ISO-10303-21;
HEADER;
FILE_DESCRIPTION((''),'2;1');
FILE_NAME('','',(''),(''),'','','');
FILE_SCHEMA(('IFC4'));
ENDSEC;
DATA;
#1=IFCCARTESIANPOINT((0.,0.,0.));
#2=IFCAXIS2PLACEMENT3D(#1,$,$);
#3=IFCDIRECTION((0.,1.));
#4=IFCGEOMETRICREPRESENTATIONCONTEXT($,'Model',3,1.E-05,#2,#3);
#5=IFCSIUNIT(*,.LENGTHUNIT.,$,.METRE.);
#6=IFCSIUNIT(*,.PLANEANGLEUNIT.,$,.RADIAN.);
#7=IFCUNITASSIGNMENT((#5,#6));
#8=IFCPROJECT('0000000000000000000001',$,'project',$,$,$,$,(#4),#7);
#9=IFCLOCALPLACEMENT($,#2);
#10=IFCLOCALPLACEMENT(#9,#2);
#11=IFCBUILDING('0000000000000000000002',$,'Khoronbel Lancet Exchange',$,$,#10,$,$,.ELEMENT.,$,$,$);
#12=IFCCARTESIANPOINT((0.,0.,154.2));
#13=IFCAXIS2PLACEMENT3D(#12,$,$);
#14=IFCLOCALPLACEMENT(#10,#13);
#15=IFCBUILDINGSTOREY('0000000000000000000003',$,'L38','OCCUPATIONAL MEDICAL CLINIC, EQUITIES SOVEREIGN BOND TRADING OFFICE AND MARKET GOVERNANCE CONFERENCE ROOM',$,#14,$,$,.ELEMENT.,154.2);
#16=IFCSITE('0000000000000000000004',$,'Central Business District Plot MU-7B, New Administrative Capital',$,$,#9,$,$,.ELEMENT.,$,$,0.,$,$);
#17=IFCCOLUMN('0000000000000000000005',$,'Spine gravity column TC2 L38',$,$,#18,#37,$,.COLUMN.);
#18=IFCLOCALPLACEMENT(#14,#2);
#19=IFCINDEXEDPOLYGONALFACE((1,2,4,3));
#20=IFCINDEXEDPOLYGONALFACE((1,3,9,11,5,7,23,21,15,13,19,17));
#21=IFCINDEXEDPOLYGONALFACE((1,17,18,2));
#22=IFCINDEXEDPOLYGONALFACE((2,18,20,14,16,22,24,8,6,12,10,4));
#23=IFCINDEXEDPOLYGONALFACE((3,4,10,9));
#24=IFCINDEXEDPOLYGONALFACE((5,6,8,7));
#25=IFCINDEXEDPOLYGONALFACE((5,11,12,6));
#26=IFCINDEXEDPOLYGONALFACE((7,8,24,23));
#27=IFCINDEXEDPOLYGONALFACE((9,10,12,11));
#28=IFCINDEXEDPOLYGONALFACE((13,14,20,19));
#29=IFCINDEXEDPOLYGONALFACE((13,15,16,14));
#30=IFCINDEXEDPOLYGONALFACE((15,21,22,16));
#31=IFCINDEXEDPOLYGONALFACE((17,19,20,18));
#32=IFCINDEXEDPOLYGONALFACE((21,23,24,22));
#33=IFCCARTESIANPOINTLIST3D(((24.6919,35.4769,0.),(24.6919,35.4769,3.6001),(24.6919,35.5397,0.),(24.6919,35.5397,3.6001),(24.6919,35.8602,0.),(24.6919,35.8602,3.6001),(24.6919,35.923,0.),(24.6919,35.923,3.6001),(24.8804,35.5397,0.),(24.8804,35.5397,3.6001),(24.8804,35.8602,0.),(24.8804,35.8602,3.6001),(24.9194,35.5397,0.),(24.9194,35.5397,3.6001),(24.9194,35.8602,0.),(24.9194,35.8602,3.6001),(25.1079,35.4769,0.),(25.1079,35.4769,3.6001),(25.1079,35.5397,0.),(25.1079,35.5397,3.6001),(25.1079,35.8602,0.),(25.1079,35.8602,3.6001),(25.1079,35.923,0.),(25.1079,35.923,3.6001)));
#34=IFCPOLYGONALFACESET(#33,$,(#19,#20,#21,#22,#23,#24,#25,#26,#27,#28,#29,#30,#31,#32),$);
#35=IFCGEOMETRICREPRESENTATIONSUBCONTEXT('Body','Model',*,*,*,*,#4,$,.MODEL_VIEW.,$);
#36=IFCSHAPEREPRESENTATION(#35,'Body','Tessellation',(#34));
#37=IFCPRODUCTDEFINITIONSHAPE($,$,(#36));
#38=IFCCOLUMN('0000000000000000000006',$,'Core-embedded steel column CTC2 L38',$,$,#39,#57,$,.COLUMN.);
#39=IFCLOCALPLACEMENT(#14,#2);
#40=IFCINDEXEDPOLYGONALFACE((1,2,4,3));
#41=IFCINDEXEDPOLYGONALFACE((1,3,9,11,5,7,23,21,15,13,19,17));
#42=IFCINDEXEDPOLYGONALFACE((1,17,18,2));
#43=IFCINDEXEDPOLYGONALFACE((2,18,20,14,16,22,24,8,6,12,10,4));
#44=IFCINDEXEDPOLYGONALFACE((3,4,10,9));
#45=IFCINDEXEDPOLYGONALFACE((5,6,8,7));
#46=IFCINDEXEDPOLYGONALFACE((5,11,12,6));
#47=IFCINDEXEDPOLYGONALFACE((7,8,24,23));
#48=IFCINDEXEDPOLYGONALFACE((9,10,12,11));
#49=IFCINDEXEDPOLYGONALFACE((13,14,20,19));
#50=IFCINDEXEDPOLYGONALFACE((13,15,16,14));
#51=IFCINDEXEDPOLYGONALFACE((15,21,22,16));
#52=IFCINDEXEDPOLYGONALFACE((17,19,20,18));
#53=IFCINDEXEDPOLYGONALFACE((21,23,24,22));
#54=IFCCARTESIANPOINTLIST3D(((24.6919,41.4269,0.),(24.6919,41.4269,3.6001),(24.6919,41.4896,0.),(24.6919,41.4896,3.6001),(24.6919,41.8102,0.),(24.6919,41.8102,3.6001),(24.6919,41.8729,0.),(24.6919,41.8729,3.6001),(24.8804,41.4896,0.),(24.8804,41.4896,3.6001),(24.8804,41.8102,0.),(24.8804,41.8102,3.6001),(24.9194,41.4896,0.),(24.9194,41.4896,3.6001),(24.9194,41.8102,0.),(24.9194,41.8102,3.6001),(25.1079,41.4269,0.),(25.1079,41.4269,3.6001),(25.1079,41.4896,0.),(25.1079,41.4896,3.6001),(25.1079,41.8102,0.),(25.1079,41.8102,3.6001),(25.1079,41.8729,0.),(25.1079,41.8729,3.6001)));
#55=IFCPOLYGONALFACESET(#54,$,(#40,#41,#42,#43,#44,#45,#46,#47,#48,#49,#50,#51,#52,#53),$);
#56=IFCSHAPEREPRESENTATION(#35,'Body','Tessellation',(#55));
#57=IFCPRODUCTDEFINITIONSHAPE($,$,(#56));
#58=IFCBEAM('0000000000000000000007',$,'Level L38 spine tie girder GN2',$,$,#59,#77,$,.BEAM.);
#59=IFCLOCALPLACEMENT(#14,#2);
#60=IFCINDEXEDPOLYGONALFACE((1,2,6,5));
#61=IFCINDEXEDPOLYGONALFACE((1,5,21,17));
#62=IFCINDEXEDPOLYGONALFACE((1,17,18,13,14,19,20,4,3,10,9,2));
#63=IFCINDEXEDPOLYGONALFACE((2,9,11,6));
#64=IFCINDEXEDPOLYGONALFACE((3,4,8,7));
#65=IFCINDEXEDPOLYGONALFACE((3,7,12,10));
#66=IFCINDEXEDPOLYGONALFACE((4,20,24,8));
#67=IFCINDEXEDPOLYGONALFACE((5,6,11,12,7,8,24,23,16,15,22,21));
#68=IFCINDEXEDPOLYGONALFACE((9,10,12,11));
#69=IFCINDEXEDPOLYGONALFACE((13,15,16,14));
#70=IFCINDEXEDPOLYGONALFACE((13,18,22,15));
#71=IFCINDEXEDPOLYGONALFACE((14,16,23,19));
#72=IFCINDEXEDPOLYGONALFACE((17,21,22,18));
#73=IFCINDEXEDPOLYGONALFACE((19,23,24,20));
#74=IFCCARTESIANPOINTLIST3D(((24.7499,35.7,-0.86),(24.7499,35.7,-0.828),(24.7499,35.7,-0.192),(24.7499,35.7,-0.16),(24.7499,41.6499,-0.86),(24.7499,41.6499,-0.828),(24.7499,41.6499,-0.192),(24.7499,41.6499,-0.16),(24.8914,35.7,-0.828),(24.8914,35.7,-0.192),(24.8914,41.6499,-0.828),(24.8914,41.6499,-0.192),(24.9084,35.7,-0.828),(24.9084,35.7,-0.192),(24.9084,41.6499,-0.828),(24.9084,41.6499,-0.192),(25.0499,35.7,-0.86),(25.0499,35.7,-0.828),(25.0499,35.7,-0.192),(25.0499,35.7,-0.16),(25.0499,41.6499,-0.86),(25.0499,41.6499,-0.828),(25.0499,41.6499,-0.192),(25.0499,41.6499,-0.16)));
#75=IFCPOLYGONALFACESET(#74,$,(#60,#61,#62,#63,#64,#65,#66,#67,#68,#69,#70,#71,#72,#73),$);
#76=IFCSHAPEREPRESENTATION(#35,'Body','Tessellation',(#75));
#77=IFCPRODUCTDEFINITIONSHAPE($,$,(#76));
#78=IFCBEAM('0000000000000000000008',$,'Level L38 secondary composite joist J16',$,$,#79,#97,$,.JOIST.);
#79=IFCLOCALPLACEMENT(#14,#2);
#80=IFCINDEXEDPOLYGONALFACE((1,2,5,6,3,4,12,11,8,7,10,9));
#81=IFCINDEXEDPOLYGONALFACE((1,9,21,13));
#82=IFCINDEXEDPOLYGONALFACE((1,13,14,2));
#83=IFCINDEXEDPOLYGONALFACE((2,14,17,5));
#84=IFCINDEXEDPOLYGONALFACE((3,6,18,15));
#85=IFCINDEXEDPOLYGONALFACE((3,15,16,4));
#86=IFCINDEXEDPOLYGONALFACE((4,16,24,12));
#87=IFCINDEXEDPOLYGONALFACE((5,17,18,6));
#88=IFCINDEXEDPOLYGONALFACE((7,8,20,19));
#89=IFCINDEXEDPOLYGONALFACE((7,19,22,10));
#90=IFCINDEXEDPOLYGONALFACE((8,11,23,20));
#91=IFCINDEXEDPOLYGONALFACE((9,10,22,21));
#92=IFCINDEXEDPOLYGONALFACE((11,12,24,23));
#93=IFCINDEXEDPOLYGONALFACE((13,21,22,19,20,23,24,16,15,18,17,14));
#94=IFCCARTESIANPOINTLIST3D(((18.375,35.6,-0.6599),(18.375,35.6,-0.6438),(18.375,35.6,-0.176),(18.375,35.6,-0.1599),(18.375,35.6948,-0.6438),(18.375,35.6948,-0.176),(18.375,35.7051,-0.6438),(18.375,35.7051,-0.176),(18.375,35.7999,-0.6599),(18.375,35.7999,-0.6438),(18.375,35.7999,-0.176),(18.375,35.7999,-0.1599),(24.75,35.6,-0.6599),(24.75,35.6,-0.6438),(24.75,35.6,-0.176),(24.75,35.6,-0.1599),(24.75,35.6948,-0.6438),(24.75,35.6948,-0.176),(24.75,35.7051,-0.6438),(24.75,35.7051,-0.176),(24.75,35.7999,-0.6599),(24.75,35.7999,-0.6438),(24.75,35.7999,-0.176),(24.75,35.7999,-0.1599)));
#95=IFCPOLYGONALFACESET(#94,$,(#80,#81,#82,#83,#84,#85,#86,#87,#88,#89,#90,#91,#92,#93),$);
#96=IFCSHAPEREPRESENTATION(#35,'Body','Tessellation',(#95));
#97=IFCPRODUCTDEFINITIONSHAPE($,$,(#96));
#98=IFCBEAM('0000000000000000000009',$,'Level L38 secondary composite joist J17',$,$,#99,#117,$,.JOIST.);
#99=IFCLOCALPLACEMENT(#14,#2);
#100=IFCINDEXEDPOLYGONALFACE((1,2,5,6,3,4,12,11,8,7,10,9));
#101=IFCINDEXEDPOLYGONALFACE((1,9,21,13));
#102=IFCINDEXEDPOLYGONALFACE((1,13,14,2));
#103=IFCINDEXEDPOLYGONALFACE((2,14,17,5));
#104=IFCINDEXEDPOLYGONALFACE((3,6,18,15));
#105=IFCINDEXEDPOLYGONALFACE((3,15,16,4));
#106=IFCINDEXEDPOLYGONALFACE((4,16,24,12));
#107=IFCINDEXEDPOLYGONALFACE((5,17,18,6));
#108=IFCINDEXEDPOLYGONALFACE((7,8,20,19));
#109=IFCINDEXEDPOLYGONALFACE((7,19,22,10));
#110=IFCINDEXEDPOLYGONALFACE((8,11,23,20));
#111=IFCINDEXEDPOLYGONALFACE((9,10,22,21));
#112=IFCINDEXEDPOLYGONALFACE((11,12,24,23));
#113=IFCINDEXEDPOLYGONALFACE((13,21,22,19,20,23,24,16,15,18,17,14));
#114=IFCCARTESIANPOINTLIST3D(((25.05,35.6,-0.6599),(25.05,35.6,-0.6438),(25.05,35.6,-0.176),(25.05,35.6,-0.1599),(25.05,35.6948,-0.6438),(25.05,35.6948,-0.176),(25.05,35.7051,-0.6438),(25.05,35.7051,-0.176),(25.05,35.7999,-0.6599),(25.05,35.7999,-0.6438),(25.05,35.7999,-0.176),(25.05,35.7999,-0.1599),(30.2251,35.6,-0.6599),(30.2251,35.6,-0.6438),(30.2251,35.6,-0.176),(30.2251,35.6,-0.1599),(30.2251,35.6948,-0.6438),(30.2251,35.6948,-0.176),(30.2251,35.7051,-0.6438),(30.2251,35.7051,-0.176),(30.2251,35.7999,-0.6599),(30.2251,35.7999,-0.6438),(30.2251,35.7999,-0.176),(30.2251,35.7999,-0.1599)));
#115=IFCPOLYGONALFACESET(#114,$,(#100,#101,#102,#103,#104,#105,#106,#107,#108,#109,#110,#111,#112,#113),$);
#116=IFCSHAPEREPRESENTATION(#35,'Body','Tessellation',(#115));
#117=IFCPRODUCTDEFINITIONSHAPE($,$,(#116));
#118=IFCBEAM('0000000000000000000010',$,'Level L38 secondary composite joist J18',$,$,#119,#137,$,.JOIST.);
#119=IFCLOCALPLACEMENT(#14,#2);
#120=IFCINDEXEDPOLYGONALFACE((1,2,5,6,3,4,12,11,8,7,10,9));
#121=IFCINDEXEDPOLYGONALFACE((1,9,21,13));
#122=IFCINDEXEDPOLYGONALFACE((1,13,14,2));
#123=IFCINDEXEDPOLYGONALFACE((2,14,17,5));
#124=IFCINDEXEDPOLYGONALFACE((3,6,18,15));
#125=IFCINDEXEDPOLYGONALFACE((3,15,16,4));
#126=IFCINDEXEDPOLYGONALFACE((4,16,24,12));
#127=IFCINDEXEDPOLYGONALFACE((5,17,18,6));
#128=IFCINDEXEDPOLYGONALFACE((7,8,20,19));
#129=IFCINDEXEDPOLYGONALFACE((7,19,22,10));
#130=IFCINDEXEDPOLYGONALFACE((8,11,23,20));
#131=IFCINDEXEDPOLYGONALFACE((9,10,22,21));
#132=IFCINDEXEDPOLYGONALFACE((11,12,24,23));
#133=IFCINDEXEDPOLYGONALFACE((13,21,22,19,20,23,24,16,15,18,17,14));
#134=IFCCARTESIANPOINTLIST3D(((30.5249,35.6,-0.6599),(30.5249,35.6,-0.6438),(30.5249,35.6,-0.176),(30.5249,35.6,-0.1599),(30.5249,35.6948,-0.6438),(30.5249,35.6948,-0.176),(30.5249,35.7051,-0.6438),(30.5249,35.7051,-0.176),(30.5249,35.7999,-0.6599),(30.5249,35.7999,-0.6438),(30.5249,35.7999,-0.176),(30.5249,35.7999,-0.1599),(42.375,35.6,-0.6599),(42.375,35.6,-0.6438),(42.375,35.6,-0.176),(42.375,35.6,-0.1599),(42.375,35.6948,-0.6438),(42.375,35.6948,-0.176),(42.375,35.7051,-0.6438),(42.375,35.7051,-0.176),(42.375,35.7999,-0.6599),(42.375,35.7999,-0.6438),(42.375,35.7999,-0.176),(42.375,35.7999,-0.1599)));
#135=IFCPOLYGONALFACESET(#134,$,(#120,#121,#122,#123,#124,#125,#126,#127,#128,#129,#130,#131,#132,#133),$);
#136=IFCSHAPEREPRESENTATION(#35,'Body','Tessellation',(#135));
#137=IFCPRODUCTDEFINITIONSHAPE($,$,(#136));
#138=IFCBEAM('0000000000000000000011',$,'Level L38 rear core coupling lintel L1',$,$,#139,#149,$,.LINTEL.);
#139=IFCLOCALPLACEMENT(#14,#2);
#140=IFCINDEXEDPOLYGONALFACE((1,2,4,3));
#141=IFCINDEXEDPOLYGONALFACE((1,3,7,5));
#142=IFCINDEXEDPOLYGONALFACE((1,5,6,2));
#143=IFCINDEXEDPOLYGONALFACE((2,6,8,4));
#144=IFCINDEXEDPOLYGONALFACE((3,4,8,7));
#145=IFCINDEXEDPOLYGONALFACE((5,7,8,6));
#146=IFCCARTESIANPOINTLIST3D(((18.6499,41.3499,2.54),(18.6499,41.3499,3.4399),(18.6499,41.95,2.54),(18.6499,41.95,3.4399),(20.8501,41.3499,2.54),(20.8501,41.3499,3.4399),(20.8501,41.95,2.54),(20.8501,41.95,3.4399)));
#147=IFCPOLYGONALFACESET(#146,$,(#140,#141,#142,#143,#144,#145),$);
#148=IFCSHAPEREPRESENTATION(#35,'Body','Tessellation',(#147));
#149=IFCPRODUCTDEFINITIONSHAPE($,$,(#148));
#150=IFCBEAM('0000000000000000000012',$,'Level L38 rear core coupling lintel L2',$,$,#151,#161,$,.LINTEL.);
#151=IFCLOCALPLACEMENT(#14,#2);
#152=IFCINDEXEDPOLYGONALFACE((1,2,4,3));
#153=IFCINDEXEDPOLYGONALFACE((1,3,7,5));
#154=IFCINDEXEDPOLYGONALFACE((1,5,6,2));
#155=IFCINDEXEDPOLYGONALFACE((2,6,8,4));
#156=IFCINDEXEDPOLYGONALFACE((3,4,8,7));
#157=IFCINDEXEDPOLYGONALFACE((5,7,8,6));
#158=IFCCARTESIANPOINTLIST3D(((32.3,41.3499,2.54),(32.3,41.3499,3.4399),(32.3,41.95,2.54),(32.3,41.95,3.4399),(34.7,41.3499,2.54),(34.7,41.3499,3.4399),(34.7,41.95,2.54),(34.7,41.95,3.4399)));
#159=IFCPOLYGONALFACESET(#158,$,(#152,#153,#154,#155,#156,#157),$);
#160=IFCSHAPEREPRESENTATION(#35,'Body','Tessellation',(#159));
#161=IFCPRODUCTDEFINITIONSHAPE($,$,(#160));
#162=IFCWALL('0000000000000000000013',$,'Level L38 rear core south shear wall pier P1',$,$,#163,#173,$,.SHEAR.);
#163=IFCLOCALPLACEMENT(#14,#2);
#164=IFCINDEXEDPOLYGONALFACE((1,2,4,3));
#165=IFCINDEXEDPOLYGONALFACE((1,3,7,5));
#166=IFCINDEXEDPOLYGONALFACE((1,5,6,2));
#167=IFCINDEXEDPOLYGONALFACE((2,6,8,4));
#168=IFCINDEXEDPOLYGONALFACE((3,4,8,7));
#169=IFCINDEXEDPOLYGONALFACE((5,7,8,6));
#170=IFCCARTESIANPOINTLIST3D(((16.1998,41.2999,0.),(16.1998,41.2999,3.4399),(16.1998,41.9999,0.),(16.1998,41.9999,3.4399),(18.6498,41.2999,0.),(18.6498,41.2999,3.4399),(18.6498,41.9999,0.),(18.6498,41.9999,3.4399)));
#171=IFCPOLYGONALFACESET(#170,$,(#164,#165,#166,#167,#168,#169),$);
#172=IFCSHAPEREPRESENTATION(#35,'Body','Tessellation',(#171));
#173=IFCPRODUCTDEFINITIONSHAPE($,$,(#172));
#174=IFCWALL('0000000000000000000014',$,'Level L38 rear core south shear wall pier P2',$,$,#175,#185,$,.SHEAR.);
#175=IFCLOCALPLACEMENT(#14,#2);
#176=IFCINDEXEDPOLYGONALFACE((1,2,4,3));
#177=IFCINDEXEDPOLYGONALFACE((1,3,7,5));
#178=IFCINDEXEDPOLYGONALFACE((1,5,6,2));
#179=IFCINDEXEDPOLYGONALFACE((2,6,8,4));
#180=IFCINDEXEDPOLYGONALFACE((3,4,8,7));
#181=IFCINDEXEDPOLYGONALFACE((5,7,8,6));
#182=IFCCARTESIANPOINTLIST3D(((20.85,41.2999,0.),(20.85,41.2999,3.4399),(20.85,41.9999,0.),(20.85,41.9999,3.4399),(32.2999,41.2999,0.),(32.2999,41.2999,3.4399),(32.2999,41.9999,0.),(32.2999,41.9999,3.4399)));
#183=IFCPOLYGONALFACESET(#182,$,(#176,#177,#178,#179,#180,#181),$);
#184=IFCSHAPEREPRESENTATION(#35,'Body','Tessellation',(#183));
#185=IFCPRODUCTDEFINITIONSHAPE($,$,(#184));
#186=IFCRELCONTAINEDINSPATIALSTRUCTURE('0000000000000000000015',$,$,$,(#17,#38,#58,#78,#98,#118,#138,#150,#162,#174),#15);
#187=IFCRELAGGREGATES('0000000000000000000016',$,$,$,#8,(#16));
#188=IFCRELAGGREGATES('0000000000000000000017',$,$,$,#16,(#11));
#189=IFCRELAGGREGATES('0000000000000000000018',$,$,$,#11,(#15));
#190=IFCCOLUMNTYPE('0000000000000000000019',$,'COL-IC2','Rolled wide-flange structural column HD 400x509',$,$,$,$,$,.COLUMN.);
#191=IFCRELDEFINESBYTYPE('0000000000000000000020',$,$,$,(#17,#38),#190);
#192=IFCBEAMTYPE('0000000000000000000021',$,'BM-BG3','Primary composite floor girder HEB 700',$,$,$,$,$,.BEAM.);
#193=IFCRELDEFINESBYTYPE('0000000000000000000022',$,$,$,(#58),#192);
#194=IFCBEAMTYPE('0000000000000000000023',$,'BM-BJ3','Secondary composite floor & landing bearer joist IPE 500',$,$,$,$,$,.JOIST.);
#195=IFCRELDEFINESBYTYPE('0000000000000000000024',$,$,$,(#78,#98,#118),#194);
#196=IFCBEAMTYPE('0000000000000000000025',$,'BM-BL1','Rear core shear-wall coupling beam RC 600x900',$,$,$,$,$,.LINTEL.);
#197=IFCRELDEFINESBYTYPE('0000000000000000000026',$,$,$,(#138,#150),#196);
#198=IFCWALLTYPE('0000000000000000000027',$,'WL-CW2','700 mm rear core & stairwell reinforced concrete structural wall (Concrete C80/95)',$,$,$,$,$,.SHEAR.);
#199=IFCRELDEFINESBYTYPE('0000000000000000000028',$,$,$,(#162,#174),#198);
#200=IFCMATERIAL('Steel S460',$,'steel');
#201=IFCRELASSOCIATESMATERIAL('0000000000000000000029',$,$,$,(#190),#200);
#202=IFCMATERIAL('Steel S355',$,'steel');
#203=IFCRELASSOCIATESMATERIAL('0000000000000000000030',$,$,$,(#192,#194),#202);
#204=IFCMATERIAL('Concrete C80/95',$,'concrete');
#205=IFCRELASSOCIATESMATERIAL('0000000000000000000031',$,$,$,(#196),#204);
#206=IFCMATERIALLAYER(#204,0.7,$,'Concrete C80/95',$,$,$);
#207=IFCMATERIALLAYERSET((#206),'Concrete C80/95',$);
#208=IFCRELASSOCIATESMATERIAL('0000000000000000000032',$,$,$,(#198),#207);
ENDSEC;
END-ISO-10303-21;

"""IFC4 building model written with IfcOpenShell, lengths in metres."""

from ifc_helpers import new_model, si_unit, direction, frame, frame_2d, origin, origin_2d, place, context, subcontext, project, spatial, rectangle, i_section, extrude, material, layer, layer_set, material_profile, profile_set, type_object, element, save


model = new_model("IFC4")

# Units and contexts
model_context = context("Model", 3, precision=1e-05, world=origin(), true_north=direction((0.0, 1.0)))
body_context = subcontext(model_context, "Body", "Model", "MODEL_VIEW")
ifc_project = project(units=[si_unit("LENGTHUNIT", "METRE"), si_unit("PLANEANGLEUNIT", "RADIAN")], contexts=[model_context])

# Site, building, storey
site_placement = place(None, origin())
site = spatial("IfcSite", under=ifc_project, at=site_placement, Name="Central Business District Plot MU-7B, New Administrative Capital", CompositionType="ELEMENT", RefElevation=0.0)
building_placement = place(site_placement, origin())
building = spatial("IfcBuilding", under=site, at=building_placement, Name="Khoronbel Lancet Exchange", CompositionType="ELEMENT")
storey_placement = place(building_placement, frame((0.0, 0.0, 154.2)))
storey = spatial("IfcBuildingStorey", under=building, at=storey_placement, Name="L38", Description="OCCUPATIONAL MEDICAL CLINIC, EQUITIES SOVEREIGN BOND TRADING OFFICE AND MARKET GOVERNANCE CONFERENCE ROOM", CompositionType="ELEMENT", Elevation=154.2)

# Columns
ifc_material_1 = material(Name="Steel S460", Category="steel")
ifc_material_profile_1 = material_profile(ifc_material_1, i_section(OverallWidth=0.416, OverallDepth=0.446, WebThickness=0.0391, FlangeThickness=0.0627, at=origin_2d()), Name="HD 400x509")
ifc_profile_set_1 = profile_set([ifc_material_profile_1], Name="Steel S460")
column_type = type_object("IfcColumnType", Name="COL-IC2", Description="Rolled wide-flange structural column HD 400x509", PredefinedType="COLUMN", material=ifc_profile_set_1)
for number, where, z_axis, x_axis, name in (
    (1, (24.8999, 35.7, 0.0), (0.0, 0.0, 1.0), (1.0, 0.0, 0.0), "Spine gravity column TC2 L38"),
    (2, (24.8999, 41.6499, 0.0), (0.0, 0.0, 1.0), (1.0, 0.0, 0.0), "Core-embedded steel column CTC2 L38"),
):
    element("IfcColumn", number, at=place(storey_placement, frame(where, z_axis=z_axis, x_axis=x_axis)), inside=storey, type_object=column_type, Name=name, PredefinedType="COLUMN", context=body_context, shape_type="SweptSolid", body=[
        extrude(i_section(OverallWidth=0.416, OverallDepth=0.446, WebThickness=0.0391, FlangeThickness=0.0627, at=origin_2d()), origin(), (0.0, 0.0, 1.0), 3.6001),
    ])

# Beams
ifc_material_2 = material(Name="Steel S355", Category="steel")
ifc_material_profile_2 = material_profile(ifc_material_2, i_section(OverallWidth=0.3, OverallDepth=0.7, WebThickness=0.0171, FlangeThickness=0.032, at=origin_2d()), Name="HEB 700")
ifc_profile_set_2 = profile_set([ifc_material_profile_2], Name="Steel S355")
beam_type_1 = type_object("IfcBeamType", Name="BM-BG3", Description="Primary composite floor girder HEB 700", PredefinedType="BEAM", material=ifc_profile_set_2)
beam_1_placement = place(storey_placement, frame((24.8999, 35.7, -0.51), z_axis=(0.0, 1.0, 0.0), x_axis=(-1.0, 0.0, 0.0)))
element("IfcBeam", 3, at=beam_1_placement, inside=storey, type_object=beam_type_1, Name="Level L38 spine tie girder GN2", PredefinedType="BEAM", context=body_context, shape_type="SweptSolid", body=[
    extrude(i_section(OverallWidth=0.3, OverallDepth=0.7, WebThickness=0.0171, FlangeThickness=0.032, at=origin_2d()), origin(), (0.0, 0.0, 1.0), 5.95),
])
ifc_material_profile_3 = material_profile(ifc_material_2, i_section(OverallWidth=0.2, OverallDepth=0.5, WebThickness=0.0103, FlangeThickness=0.0161, at=origin_2d()), Name="IPE 500")
ifc_profile_set_3 = profile_set([ifc_material_profile_3], Name="Steel S355")
beam_type_2 = type_object("IfcBeamType", Name="BM-BJ3", Description="Secondary composite floor & landing bearer joist IPE 500", PredefinedType="JOIST", material=ifc_profile_set_3)
beam_2_placement = place(storey_placement, frame((18.375, 35.7, -0.4099), z_axis=(1.0, 0.0, 0.0), x_axis=(0.0, 1.0, 0.0)))
element("IfcBeam", 4, at=beam_2_placement, inside=storey, type_object=beam_type_2, Name="Level L38 secondary composite joist J16", PredefinedType="JOIST", context=body_context, shape_type="SweptSolid", body=[
    extrude(i_section(OverallWidth=0.2, OverallDepth=0.5, WebThickness=0.0103, FlangeThickness=0.0161, at=origin_2d()), origin(), (0.0, 0.0, 1.0), 6.375),
])
beam_3_placement = place(storey_placement, frame((25.05, 35.7, -0.4099), z_axis=(1.0, 0.0, 0.0), x_axis=(0.0, 1.0, 0.0)))
element("IfcBeam", 5, at=beam_3_placement, inside=storey, type_object=beam_type_2, Name="Level L38 secondary composite joist J17", PredefinedType="JOIST", context=body_context, shape_type="SweptSolid", body=[
    extrude(i_section(OverallWidth=0.2, OverallDepth=0.5, WebThickness=0.0103, FlangeThickness=0.0161, at=origin_2d()), origin(), (0.0, 0.0, 1.0), 5.175),
])
beam_4_placement = place(storey_placement, frame((30.5249, 35.7, -0.4099), z_axis=(1.0, 0.0, 0.0), x_axis=(0.0, 1.0, 0.0)))
element("IfcBeam", 6, at=beam_4_placement, inside=storey, type_object=beam_type_2, Name="Level L38 secondary composite joist J18", PredefinedType="JOIST", context=body_context, shape_type="SweptSolid", body=[
    extrude(i_section(OverallWidth=0.2, OverallDepth=0.5, WebThickness=0.0103, FlangeThickness=0.0161, at=origin_2d()), origin(), (0.0, 0.0, 1.0), 11.8501),
])
ifc_material_3 = material(Name="Concrete C80/95", Category="concrete")
ifc_material_profile_4 = material_profile(ifc_material_3, rectangle(XDim=0.6001, YDim=0.8999, at=origin_2d()), Name="RC 600x900")
ifc_profile_set_4 = profile_set([ifc_material_profile_4], Name="Concrete C80/95")
beam_type_3 = type_object("IfcBeamType", Name="BM-BL1", Description="Rear core shear-wall coupling beam RC 600x900", PredefinedType="LINTEL", material=ifc_profile_set_4)
beam_5_placement = place(storey_placement, frame((18.6499, 41.6499, 2.99), z_axis=(1.0, 0.0, 0.0), x_axis=(0.0, 1.0, 0.0)))
element("IfcBeam", 7, at=beam_5_placement, inside=storey, type_object=beam_type_3, Name="Level L38 rear core coupling lintel L1", PredefinedType="LINTEL", context=body_context, shape_type="SweptSolid", body=[
    extrude(rectangle(XDim=0.6001, YDim=0.8999, at=origin_2d()), origin(), (0.0, 0.0, 1.0), 2.2002),
])
beam_6_placement = place(storey_placement, frame((32.3, 41.6499, 2.99), z_axis=(1.0, 0.0, 0.0), x_axis=(0.0, 1.0, 0.0)))
element("IfcBeam", 8, at=beam_6_placement, inside=storey, type_object=beam_type_3, Name="Level L38 rear core coupling lintel L2", PredefinedType="LINTEL", context=body_context, shape_type="SweptSolid", body=[
    extrude(rectangle(XDim=0.6001, YDim=0.8999, at=origin_2d()), origin(), (0.0, 0.0, 1.0), 2.3999),
])

# Walls
ifc_layer_1 = layer(ifc_material_3, 0.7, Name="Concrete C80/95")
ifc_layer_set_1 = layer_set([ifc_layer_1], Name="Concrete C80/95")
wall_type_1 = type_object("IfcWallType", Name="WL-CW2", Description="700 mm rear core & stairwell reinforced concrete structural wall (Concrete C80/95)", PredefinedType="SHEAR", material=ifc_layer_set_1)
wall_1_placement = place(storey_placement, frame((18.6499, 41.6499, 0.0), z_axis=(0.0, 0.0, 1.0), x_axis=(-1.0, 0.0, 0.0)))
element("IfcWall", 9, at=wall_1_placement, inside=storey, type_object=wall_type_1, Name="Level L38 rear core south shear wall pier P1", PredefinedType="SHEAR", context=body_context, shape_type="SweptSolid", body=[
    extrude(rectangle(XDim=2.45, YDim=0.7, at=frame_2d((1.2251, 0.0))), origin(), (0.0, 0.0, 1.0), 3.4399),
])
wall_2_placement = place(storey_placement, frame((32.3, 41.6499, 0.0), z_axis=(0.0, 0.0, 1.0), x_axis=(-1.0, 0.0, 0.0)))
element("IfcWall", 10, at=wall_2_placement, inside=storey, type_object=wall_type_1, Name="Level L38 rear core south shear wall pier P2", PredefinedType="SHEAR", context=body_context, shape_type="SweptSolid", body=[
    extrude(rectangle(XDim=11.45, YDim=0.7, at=frame_2d((5.7251, 0.0))), origin(), (0.0, 0.0, 1.0), 3.4399),
])

save(model, "model.ifc")
